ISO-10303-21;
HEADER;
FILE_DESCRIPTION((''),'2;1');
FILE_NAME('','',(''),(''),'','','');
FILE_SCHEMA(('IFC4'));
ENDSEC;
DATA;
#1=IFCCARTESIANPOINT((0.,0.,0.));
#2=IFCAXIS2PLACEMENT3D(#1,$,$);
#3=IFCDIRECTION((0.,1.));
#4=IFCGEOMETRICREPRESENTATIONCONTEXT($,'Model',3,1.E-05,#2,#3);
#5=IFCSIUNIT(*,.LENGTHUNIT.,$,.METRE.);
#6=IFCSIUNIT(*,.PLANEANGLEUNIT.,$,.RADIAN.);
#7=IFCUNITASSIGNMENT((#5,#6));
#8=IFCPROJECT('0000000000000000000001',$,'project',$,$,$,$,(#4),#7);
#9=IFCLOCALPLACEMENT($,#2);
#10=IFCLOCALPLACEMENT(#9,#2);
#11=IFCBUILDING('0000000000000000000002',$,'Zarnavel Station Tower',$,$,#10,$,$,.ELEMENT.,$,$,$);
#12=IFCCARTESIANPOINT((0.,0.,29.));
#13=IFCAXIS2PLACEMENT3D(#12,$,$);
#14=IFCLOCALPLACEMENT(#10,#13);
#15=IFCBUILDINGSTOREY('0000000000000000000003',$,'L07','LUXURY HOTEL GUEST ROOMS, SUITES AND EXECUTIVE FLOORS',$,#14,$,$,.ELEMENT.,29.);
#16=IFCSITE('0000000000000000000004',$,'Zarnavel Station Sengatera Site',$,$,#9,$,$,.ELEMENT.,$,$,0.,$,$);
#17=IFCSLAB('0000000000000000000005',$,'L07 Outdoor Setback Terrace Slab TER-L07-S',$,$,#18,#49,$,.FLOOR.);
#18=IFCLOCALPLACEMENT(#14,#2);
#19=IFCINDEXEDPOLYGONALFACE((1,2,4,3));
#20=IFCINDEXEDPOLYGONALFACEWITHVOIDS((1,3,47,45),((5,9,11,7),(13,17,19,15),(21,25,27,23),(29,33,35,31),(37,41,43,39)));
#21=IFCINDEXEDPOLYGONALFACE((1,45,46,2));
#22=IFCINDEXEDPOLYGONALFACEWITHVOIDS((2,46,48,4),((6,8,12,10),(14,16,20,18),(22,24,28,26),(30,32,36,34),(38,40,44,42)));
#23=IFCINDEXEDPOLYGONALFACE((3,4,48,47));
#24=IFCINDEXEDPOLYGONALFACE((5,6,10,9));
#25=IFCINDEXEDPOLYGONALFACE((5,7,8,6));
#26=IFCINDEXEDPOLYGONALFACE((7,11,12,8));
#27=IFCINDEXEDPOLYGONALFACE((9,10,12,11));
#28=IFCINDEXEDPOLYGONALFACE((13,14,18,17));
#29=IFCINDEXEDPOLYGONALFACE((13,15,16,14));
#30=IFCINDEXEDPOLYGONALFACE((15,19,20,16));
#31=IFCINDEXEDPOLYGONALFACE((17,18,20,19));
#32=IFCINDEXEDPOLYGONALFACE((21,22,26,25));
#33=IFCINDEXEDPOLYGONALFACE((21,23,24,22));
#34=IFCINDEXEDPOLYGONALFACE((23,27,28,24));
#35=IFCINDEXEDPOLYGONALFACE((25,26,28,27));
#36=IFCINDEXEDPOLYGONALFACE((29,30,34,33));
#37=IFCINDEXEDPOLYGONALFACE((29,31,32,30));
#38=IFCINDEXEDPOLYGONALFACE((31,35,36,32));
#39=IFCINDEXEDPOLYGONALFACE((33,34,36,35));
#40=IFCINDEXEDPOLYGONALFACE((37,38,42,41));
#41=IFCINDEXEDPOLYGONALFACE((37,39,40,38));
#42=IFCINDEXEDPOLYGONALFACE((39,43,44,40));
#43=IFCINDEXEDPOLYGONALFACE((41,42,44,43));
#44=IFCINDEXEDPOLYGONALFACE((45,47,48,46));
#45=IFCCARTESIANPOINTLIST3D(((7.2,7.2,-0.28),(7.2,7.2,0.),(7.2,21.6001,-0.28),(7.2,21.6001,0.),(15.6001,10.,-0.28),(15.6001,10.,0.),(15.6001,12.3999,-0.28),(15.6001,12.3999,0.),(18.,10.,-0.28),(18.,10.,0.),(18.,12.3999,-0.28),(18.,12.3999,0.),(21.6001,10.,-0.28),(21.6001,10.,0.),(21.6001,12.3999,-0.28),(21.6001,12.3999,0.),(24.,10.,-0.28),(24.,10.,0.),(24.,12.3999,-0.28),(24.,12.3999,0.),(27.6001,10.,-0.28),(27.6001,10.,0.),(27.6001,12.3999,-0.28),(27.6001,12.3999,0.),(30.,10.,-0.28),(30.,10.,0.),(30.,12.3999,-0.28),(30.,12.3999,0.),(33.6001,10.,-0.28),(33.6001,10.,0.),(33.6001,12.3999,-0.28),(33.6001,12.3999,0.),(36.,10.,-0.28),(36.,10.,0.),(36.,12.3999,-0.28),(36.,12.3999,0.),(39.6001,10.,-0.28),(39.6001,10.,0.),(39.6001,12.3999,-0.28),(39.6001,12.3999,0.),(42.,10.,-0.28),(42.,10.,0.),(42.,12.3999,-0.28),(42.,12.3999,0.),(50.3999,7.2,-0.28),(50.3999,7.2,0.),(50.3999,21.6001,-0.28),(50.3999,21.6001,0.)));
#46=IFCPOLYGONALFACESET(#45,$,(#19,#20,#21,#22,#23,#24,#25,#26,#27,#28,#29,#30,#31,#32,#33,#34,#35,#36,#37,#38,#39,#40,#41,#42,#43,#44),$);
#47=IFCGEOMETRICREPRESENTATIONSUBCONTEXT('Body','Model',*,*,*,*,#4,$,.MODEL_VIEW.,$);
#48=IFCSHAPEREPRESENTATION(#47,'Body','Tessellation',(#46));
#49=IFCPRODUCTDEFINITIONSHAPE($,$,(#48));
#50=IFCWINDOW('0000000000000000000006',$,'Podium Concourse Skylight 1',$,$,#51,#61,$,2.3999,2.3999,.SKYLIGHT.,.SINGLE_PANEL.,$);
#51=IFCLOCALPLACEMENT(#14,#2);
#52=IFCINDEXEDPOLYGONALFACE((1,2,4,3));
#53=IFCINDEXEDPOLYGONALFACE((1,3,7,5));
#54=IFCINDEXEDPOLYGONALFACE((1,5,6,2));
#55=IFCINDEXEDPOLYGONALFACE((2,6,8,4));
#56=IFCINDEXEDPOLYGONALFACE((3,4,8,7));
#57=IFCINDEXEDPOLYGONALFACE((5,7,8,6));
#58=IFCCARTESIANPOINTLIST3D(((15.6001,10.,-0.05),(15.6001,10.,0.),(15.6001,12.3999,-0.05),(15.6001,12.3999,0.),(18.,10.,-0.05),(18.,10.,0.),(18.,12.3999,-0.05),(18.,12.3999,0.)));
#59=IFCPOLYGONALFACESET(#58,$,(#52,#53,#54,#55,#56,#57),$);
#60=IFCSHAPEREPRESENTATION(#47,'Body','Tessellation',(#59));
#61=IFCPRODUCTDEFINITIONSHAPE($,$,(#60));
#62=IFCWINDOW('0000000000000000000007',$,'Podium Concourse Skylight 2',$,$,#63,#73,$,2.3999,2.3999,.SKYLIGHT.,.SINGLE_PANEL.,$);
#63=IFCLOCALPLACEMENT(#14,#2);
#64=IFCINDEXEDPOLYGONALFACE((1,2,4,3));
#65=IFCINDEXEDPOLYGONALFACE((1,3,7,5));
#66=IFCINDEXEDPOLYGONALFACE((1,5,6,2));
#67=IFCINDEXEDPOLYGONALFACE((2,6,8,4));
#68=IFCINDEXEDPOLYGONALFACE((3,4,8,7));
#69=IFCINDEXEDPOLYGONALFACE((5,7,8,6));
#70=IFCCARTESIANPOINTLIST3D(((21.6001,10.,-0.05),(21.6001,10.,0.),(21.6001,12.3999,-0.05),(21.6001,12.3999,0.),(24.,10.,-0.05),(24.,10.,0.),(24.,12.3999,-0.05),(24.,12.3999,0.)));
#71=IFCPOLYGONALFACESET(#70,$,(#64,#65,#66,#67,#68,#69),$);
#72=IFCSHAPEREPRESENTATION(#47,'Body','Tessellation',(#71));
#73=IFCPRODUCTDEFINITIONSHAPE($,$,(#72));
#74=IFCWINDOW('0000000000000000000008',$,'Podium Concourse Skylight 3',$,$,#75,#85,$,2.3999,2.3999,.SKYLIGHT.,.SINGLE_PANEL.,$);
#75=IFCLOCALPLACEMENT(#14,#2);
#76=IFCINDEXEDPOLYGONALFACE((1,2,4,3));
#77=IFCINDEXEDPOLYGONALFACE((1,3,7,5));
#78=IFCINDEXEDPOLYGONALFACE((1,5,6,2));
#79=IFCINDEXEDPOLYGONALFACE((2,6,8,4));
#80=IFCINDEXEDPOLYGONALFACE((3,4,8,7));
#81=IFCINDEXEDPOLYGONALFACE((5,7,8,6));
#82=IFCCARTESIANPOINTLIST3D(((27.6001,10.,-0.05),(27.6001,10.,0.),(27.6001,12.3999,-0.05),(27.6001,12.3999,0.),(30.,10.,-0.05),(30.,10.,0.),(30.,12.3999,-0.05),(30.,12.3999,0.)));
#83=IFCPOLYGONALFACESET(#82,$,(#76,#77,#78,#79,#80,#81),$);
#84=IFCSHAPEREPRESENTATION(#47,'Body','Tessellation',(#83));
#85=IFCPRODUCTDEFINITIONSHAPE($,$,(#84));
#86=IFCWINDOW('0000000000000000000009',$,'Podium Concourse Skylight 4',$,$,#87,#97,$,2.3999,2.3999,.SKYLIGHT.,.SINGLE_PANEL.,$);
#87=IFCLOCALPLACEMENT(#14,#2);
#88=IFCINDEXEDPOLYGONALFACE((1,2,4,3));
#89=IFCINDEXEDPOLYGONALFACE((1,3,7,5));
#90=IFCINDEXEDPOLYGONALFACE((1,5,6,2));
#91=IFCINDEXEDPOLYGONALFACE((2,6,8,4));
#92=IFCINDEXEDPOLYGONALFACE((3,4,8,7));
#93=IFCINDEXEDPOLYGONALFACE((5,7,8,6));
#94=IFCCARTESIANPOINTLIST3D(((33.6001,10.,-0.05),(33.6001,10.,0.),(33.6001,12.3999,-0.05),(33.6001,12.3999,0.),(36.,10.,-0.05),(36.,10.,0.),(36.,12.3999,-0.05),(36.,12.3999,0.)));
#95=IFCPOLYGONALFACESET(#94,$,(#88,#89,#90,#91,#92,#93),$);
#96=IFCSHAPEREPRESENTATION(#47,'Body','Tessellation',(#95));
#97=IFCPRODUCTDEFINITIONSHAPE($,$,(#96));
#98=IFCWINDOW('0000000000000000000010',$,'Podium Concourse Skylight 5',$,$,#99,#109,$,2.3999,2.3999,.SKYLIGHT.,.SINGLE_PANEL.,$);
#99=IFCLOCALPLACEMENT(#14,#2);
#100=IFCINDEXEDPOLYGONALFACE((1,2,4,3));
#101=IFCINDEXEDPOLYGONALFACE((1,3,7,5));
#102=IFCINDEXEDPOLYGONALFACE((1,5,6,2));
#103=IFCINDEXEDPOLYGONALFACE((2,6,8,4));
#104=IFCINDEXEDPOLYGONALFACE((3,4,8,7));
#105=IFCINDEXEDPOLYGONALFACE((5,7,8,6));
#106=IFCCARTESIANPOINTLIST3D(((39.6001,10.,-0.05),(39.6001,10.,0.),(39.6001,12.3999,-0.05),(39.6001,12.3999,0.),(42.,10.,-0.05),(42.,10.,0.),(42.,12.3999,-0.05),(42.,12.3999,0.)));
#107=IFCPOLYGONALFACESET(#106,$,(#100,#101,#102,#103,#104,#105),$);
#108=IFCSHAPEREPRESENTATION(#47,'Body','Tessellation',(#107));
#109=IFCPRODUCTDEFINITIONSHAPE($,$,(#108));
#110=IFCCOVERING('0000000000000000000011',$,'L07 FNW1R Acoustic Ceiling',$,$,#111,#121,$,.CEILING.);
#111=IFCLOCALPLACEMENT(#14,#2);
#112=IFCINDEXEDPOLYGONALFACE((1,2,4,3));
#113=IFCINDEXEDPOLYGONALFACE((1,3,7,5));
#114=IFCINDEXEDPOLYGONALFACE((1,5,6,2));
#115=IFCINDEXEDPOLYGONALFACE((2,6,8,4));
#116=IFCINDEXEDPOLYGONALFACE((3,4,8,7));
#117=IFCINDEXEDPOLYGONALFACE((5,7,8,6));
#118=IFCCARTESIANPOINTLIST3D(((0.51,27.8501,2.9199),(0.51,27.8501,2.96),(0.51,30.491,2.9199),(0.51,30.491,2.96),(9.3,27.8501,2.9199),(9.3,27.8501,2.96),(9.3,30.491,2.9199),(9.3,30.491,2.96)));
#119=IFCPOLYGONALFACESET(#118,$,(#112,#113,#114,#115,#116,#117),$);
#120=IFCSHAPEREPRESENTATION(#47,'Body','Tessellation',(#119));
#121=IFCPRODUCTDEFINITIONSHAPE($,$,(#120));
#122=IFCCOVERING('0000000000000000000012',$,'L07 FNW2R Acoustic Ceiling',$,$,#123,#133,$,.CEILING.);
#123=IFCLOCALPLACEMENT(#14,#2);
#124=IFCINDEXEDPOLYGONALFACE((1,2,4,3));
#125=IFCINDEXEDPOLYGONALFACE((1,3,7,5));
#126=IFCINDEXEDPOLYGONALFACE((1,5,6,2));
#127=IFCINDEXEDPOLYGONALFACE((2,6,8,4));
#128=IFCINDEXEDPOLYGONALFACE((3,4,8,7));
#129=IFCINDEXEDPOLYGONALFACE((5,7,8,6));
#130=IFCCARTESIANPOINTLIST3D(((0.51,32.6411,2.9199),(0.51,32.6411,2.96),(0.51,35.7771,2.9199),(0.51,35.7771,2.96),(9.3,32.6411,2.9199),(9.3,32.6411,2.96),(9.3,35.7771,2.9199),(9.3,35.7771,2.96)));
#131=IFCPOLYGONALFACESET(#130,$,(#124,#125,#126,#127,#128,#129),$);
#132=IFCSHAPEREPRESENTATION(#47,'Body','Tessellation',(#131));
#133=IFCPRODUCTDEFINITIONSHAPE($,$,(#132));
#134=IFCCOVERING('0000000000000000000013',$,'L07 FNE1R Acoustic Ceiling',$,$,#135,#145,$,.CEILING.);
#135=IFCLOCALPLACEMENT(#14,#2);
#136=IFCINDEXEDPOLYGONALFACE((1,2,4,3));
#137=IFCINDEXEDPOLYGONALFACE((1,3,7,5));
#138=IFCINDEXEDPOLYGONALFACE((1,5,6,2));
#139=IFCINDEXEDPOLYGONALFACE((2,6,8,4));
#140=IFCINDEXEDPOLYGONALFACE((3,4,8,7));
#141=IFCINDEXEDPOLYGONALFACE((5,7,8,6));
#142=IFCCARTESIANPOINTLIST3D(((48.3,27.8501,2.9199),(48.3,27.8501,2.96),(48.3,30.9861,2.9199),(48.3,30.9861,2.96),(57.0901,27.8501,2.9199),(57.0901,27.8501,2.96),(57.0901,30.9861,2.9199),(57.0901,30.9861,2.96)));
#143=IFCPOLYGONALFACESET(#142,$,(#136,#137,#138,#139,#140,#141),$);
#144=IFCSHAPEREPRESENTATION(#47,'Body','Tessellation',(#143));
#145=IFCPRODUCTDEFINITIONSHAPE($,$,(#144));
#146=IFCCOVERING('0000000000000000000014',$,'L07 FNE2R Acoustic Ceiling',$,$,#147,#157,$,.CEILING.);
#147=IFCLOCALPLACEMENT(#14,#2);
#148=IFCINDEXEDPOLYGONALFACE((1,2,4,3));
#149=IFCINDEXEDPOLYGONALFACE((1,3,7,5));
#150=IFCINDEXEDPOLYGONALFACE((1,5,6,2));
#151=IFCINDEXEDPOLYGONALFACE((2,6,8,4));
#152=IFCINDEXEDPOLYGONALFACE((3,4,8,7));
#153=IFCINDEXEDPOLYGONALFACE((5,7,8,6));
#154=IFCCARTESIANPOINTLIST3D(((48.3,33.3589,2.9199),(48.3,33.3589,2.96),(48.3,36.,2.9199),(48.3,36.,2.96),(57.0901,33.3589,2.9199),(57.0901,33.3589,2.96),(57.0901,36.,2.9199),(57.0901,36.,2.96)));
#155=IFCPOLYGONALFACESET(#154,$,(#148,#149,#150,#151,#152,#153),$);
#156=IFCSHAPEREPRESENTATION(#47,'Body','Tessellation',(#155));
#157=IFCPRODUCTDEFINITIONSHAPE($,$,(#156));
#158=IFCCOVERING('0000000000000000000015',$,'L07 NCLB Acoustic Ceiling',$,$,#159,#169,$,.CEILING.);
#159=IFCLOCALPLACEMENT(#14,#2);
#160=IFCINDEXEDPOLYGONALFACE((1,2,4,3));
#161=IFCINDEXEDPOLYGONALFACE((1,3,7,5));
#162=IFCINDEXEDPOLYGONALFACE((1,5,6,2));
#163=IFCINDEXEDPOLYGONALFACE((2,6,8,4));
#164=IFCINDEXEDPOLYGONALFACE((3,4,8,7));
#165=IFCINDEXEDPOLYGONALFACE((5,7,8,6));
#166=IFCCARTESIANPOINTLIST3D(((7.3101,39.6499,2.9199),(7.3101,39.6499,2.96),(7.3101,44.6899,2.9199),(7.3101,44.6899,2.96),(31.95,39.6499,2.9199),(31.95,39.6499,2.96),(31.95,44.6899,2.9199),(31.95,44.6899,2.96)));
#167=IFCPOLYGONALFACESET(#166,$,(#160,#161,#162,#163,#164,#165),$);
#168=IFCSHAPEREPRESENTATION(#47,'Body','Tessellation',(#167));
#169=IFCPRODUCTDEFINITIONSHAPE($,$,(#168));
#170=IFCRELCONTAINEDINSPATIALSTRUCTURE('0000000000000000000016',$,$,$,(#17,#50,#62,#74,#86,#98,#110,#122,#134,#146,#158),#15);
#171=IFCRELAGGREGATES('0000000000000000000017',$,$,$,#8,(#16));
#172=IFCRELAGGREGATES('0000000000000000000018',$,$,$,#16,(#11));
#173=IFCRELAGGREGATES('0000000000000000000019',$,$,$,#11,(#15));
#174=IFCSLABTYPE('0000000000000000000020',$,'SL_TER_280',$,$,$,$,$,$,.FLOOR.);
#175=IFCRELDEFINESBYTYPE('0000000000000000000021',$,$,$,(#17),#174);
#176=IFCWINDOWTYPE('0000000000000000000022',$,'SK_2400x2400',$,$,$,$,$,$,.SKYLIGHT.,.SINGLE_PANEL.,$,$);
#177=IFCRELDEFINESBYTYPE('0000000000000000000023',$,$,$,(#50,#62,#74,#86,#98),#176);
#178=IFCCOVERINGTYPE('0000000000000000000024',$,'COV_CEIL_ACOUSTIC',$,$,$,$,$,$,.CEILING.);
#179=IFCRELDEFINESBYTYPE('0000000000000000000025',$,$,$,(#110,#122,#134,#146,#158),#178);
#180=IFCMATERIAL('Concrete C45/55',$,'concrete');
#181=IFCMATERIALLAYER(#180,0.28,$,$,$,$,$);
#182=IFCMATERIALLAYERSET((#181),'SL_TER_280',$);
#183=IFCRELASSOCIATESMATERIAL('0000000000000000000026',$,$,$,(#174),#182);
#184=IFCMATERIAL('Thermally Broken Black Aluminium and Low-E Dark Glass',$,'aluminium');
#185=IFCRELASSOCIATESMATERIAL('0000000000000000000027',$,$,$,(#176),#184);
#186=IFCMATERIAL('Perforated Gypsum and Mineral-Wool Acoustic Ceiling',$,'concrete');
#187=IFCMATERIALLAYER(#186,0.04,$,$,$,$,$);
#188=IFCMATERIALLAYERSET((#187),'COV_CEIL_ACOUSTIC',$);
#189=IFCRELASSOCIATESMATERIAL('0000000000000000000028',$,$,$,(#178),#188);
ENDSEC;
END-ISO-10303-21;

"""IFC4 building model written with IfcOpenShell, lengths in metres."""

from ifc_helpers import new_model, si_unit, direction, frame, origin, origin_2d, place, context, subcontext, project, spatial, polyline, rectangle, outline, extrude, material, layer, layer_set, type_object, element, fill, save


model = new_model("IFC4")

# Units and contexts
model_context = context("Model", 3, precision=1e-05, world=origin(), true_north=direction((0.0, 1.0)))
body_context = subcontext(model_context, "Body", "Model", "MODEL_VIEW")
ifc_project = project(units=[si_unit("LENGTHUNIT", "METRE"), si_unit("PLANEANGLEUNIT", "RADIAN")], contexts=[model_context])

# Site, building, storey
site_placement = place(None, origin())
site = spatial("IfcSite", under=ifc_project, at=site_placement, Name="Zarnavel Station Sengatera Site", CompositionType="ELEMENT", RefElevation=0.0)
building_placement = place(site_placement, origin())
building = spatial("IfcBuilding", under=site, at=building_placement, Name="Zarnavel Station Tower", CompositionType="ELEMENT")
storey_placement = place(building_placement, frame((0.0, 0.0, 29.0)))
storey = spatial("IfcBuildingStorey", under=building, at=storey_placement, Name="L07", Description="LUXURY HOTEL GUEST ROOMS, SUITES AND EXECUTIVE FLOORS", CompositionType="ELEMENT", Elevation=29.0)

# Slab, openings, windows
ifc_material_1 = material(Name="Concrete C45/55", Category="concrete")
ifc_layer_1 = layer(ifc_material_1, 0.28)
ifc_layer_set_1 = layer_set([ifc_layer_1], Name="SL_TER_280")
slab_type_1 = type_object("IfcSlabType", Name="SL_TER_280", PredefinedType="FLOOR", material=ifc_layer_set_1)
slab_1_placement = place(storey_placement, frame((0.0, 0.0, -0.28)))
slab_1 = element("IfcSlab", 1, at=slab_1_placement, inside=storey, type_object=slab_type_1, Name="L07 Outdoor Setback Terrace Slab TER-L07-S", PredefinedType="FLOOR", context=body_context, shape_type="SweptSolid", body=[
    extrude(outline(polyline([(7.2, 7.2), (50.3999, 7.2), (50.3999, 21.6001), (7.2, 21.6001), (7.2, 7.2)]), holes=[polyline([(15.6001, 10.0), (18.0, 10.0), (18.0, 12.3999), (15.6001, 12.3999), (15.6001, 10.0)]), polyline([(21.6001, 10.0), (24.0, 10.0), (24.0, 12.3999), (21.6001, 12.3999), (21.6001, 10.0)]), polyline([(27.6001, 10.0), (30.0, 10.0), (30.0, 12.3999), (27.6001, 12.3999), (27.6001, 10.0)]), polyline([(33.6001, 10.0), (36.0, 10.0), (36.0, 12.3999), (33.6001, 12.3999), (33.6001, 10.0)]), polyline([(39.6001, 10.0), (42.0, 10.0), (42.0, 12.3999), (39.6001, 12.3999), (39.6001, 10.0)])]), origin(), (0.0, 0.0, 1.0), 0.28),
])
opening_1_placement = place(slab_1_placement, frame((16.8, 11.2, 0.0)))
opening_1 = element("IfcOpeningElement", 2, at=opening_1_placement, cuts=slab_1, PredefinedType="OPENING", context=body_context, shape_type="SweptSolid", body=[
    extrude(rectangle(XDim=2.3999, YDim=2.3999, at=origin_2d()), origin(), (0.0, 0.0, 1.0), 0.28),
])
opening_2_placement = place(slab_1_placement, frame((22.8, 11.2, 0.0)))
opening_2 = element("IfcOpeningElement", 3, at=opening_2_placement, cuts=slab_1, PredefinedType="OPENING", context=body_context, shape_type="SweptSolid", body=[
    extrude(rectangle(XDim=2.3999, YDim=2.3999, at=origin_2d()), origin(), (0.0, 0.0, 1.0), 0.28),
])
opening_3_placement = place(slab_1_placement, frame((28.8, 11.2, 0.0)))
opening_3 = element("IfcOpeningElement", 4, at=opening_3_placement, cuts=slab_1, PredefinedType="OPENING", context=body_context, shape_type="SweptSolid", body=[
    extrude(rectangle(XDim=2.3999, YDim=2.3999, at=origin_2d()), origin(), (0.0, 0.0, 1.0), 0.28),
])
opening_4_placement = place(slab_1_placement, frame((34.8, 11.2, 0.0)))
opening_4 = element("IfcOpeningElement", 5, at=opening_4_placement, cuts=slab_1, PredefinedType="OPENING", context=body_context, shape_type="SweptSolid", body=[
    extrude(rectangle(XDim=2.3999, YDim=2.3999, at=origin_2d()), origin(), (0.0, 0.0, 1.0), 0.28),
])
opening_5_placement = place(slab_1_placement, frame((40.8, 11.2, 0.0)))
opening_5 = element("IfcOpeningElement", 6, at=opening_5_placement, cuts=slab_1, PredefinedType="OPENING", context=body_context, shape_type="SweptSolid", body=[
    extrude(rectangle(XDim=2.3999, YDim=2.3999, at=origin_2d()), origin(), (0.0, 0.0, 1.0), 0.28),
])
ifc_material_2 = material(Name="Thermally Broken Black Aluminium and Low-E Dark Glass", Category="aluminium")
window_type = type_object("IfcWindowType", Name="SK_2400x2400", PartitioningType="SINGLE_PANEL", PredefinedType="SKYLIGHT", material=ifc_material_2)
window_1_placement = place(opening_1_placement, frame((0.0, 0.0, 0.23)))
window_1 = element("IfcWindow", 7, at=window_1_placement, inside=storey, type_object=window_type, Name="Podium Concourse Skylight 1", OverallHeight=2.3999, OverallWidth=2.3999, PartitioningType="SINGLE_PANEL", PredefinedType="SKYLIGHT", context=body_context, shape_type="SweptSolid", body=[
    extrude(rectangle(XDim=2.3999, YDim=2.3999, at=origin_2d()), origin(), (0.0, 0.0, 1.0), 0.05),
])
fill(opening_1, window_1)
window_2_placement = place(opening_2_placement, frame((0.0, 0.0, 0.23)))
window_2 = element("IfcWindow", 8, at=window_2_placement, inside=storey, type_object=window_type, Name="Podium Concourse Skylight 2", OverallHeight=2.3999, OverallWidth=2.3999, PartitioningType="SINGLE_PANEL", PredefinedType="SKYLIGHT", context=body_context, shape_type="SweptSolid", body=[
    extrude(rectangle(XDim=2.3999, YDim=2.3999, at=origin_2d()), origin(), (0.0, 0.0, 1.0), 0.05),
])
fill(opening_2, window_2)
window_3_placement = place(opening_3_placement, frame((0.0, 0.0, 0.23)))
window_3 = element("IfcWindow", 9, at=window_3_placement, inside=storey, type_object=window_type, Name="Podium Concourse Skylight 3", OverallHeight=2.3999, OverallWidth=2.3999, PartitioningType="SINGLE_PANEL", PredefinedType="SKYLIGHT", context=body_context, shape_type="SweptSolid", body=[
    extrude(rectangle(XDim=2.3999, YDim=2.3999, at=origin_2d()), origin(), (0.0, 0.0, 1.0), 0.05),
])
fill(opening_3, window_3)
window_4_placement = place(opening_4_placement, frame((0.0, 0.0, 0.23)))
window_4 = element("IfcWindow", 10, at=window_4_placement, inside=storey, type_object=window_type, Name="Podium Concourse Skylight 4", OverallHeight=2.3999, OverallWidth=2.3999, PartitioningType="SINGLE_PANEL", PredefinedType="SKYLIGHT", context=body_context, shape_type="SweptSolid", body=[
    extrude(rectangle(XDim=2.3999, YDim=2.3999, at=origin_2d()), origin(), (0.0, 0.0, 1.0), 0.05),
])
fill(opening_4, window_4)
window_5_placement = place(opening_5_placement, frame((0.0, 0.0, 0.23)))
window_5 = element("IfcWindow", 11, at=window_5_placement, inside=storey, type_object=window_type, Name="Podium Concourse Skylight 5", OverallHeight=2.3999, OverallWidth=2.3999, PartitioningType="SINGLE_PANEL", PredefinedType="SKYLIGHT", context=body_context, shape_type="SweptSolid", body=[
    extrude(rectangle(XDim=2.3999, YDim=2.3999, at=origin_2d()), origin(), (0.0, 0.0, 1.0), 0.05),
])
fill(opening_5, window_5)

# Coverings
ifc_material_3 = material(Name="Perforated Gypsum and Mineral-Wool Acoustic Ceiling", Category="concrete")
ifc_layer_2 = layer(ifc_material_3, 0.04)
ifc_layer_set_2 = layer_set([ifc_layer_2], Name="COV_CEIL_ACOUSTIC")
covering_type_1 = type_object("IfcCoveringType", Name="COV_CEIL_ACOUSTIC", PredefinedType="CEILING", material=ifc_layer_set_2)
covering_1_placement = place(storey_placement, frame((0.0, 0.0, 2.9199)))
element("IfcCovering", 12, at=covering_1_placement, inside=storey, type_object=covering_type_1, Name="L07 FNW1R Acoustic Ceiling", PredefinedType="CEILING", context=body_context, shape_type="SweptSolid", body=[
    extrude(outline(polyline([(0.51, 27.8501), (9.3, 27.8501), (9.3, 30.491), (0.51, 30.491), (0.51, 27.8501)])), origin(), (0.0, 0.0, 1.0), 0.04),
])
covering_2_placement = place(storey_placement, frame((0.0, 0.0, 2.9199)))
element("IfcCovering", 13, at=covering_2_placement, inside=storey, type_object=covering_type_1, Name="L07 FNW2R Acoustic Ceiling", PredefinedType="CEILING", context=body_context, shape_type="SweptSolid", body=[
    extrude(outline(polyline([(0.51, 32.6411), (9.3, 32.6411), (9.3, 35.7771), (0.51, 35.7771), (0.51, 32.6411)])), origin(), (0.0, 0.0, 1.0), 0.04),
])
covering_3_placement = place(storey_placement, frame((0.0, 0.0, 2.9199)))
element("IfcCovering", 14, at=covering_3_placement, inside=storey, type_object=covering_type_1, Name="L07 FNE1R Acoustic Ceiling", PredefinedType="CEILING", context=body_context, shape_type="SweptSolid", body=[
    extrude(outline(polyline([(48.3, 27.8501), (57.0901, 27.8501), (57.0901, 30.9861), (48.3, 30.9861), (48.3, 27.8501)])), origin(), (0.0, 0.0, 1.0), 0.04),
])
covering_4_placement = place(storey_placement, frame((0.0, 0.0, 2.9199)))
element("IfcCovering", 15, at=covering_4_placement, inside=storey, type_object=covering_type_1, Name="L07 FNE2R Acoustic Ceiling", PredefinedType="CEILING", context=body_context, shape_type="SweptSolid", body=[
    extrude(outline(polyline([(48.3, 33.3589), (57.0901, 33.3589), (57.0901, 36.0), (48.3, 36.0), (48.3, 33.3589)])), origin(), (0.0, 0.0, 1.0), 0.04),
])
covering_5_placement = place(storey_placement, frame((0.0, 0.0, 2.9199)))
element("IfcCovering", 16, at=covering_5_placement, inside=storey, type_object=covering_type_1, Name="L07 NCLB Acoustic Ceiling", PredefinedType="CEILING", context=body_context, shape_type="SweptSolid", body=[
    extrude(outline(polyline([(7.3101, 39.6499), (31.95, 39.6499), (31.95, 44.6899), (7.3101, 44.6899), (7.3101, 39.6499)])), origin(), (0.0, 0.0, 1.0), 0.04),
])

save(model, "model.ifc")
